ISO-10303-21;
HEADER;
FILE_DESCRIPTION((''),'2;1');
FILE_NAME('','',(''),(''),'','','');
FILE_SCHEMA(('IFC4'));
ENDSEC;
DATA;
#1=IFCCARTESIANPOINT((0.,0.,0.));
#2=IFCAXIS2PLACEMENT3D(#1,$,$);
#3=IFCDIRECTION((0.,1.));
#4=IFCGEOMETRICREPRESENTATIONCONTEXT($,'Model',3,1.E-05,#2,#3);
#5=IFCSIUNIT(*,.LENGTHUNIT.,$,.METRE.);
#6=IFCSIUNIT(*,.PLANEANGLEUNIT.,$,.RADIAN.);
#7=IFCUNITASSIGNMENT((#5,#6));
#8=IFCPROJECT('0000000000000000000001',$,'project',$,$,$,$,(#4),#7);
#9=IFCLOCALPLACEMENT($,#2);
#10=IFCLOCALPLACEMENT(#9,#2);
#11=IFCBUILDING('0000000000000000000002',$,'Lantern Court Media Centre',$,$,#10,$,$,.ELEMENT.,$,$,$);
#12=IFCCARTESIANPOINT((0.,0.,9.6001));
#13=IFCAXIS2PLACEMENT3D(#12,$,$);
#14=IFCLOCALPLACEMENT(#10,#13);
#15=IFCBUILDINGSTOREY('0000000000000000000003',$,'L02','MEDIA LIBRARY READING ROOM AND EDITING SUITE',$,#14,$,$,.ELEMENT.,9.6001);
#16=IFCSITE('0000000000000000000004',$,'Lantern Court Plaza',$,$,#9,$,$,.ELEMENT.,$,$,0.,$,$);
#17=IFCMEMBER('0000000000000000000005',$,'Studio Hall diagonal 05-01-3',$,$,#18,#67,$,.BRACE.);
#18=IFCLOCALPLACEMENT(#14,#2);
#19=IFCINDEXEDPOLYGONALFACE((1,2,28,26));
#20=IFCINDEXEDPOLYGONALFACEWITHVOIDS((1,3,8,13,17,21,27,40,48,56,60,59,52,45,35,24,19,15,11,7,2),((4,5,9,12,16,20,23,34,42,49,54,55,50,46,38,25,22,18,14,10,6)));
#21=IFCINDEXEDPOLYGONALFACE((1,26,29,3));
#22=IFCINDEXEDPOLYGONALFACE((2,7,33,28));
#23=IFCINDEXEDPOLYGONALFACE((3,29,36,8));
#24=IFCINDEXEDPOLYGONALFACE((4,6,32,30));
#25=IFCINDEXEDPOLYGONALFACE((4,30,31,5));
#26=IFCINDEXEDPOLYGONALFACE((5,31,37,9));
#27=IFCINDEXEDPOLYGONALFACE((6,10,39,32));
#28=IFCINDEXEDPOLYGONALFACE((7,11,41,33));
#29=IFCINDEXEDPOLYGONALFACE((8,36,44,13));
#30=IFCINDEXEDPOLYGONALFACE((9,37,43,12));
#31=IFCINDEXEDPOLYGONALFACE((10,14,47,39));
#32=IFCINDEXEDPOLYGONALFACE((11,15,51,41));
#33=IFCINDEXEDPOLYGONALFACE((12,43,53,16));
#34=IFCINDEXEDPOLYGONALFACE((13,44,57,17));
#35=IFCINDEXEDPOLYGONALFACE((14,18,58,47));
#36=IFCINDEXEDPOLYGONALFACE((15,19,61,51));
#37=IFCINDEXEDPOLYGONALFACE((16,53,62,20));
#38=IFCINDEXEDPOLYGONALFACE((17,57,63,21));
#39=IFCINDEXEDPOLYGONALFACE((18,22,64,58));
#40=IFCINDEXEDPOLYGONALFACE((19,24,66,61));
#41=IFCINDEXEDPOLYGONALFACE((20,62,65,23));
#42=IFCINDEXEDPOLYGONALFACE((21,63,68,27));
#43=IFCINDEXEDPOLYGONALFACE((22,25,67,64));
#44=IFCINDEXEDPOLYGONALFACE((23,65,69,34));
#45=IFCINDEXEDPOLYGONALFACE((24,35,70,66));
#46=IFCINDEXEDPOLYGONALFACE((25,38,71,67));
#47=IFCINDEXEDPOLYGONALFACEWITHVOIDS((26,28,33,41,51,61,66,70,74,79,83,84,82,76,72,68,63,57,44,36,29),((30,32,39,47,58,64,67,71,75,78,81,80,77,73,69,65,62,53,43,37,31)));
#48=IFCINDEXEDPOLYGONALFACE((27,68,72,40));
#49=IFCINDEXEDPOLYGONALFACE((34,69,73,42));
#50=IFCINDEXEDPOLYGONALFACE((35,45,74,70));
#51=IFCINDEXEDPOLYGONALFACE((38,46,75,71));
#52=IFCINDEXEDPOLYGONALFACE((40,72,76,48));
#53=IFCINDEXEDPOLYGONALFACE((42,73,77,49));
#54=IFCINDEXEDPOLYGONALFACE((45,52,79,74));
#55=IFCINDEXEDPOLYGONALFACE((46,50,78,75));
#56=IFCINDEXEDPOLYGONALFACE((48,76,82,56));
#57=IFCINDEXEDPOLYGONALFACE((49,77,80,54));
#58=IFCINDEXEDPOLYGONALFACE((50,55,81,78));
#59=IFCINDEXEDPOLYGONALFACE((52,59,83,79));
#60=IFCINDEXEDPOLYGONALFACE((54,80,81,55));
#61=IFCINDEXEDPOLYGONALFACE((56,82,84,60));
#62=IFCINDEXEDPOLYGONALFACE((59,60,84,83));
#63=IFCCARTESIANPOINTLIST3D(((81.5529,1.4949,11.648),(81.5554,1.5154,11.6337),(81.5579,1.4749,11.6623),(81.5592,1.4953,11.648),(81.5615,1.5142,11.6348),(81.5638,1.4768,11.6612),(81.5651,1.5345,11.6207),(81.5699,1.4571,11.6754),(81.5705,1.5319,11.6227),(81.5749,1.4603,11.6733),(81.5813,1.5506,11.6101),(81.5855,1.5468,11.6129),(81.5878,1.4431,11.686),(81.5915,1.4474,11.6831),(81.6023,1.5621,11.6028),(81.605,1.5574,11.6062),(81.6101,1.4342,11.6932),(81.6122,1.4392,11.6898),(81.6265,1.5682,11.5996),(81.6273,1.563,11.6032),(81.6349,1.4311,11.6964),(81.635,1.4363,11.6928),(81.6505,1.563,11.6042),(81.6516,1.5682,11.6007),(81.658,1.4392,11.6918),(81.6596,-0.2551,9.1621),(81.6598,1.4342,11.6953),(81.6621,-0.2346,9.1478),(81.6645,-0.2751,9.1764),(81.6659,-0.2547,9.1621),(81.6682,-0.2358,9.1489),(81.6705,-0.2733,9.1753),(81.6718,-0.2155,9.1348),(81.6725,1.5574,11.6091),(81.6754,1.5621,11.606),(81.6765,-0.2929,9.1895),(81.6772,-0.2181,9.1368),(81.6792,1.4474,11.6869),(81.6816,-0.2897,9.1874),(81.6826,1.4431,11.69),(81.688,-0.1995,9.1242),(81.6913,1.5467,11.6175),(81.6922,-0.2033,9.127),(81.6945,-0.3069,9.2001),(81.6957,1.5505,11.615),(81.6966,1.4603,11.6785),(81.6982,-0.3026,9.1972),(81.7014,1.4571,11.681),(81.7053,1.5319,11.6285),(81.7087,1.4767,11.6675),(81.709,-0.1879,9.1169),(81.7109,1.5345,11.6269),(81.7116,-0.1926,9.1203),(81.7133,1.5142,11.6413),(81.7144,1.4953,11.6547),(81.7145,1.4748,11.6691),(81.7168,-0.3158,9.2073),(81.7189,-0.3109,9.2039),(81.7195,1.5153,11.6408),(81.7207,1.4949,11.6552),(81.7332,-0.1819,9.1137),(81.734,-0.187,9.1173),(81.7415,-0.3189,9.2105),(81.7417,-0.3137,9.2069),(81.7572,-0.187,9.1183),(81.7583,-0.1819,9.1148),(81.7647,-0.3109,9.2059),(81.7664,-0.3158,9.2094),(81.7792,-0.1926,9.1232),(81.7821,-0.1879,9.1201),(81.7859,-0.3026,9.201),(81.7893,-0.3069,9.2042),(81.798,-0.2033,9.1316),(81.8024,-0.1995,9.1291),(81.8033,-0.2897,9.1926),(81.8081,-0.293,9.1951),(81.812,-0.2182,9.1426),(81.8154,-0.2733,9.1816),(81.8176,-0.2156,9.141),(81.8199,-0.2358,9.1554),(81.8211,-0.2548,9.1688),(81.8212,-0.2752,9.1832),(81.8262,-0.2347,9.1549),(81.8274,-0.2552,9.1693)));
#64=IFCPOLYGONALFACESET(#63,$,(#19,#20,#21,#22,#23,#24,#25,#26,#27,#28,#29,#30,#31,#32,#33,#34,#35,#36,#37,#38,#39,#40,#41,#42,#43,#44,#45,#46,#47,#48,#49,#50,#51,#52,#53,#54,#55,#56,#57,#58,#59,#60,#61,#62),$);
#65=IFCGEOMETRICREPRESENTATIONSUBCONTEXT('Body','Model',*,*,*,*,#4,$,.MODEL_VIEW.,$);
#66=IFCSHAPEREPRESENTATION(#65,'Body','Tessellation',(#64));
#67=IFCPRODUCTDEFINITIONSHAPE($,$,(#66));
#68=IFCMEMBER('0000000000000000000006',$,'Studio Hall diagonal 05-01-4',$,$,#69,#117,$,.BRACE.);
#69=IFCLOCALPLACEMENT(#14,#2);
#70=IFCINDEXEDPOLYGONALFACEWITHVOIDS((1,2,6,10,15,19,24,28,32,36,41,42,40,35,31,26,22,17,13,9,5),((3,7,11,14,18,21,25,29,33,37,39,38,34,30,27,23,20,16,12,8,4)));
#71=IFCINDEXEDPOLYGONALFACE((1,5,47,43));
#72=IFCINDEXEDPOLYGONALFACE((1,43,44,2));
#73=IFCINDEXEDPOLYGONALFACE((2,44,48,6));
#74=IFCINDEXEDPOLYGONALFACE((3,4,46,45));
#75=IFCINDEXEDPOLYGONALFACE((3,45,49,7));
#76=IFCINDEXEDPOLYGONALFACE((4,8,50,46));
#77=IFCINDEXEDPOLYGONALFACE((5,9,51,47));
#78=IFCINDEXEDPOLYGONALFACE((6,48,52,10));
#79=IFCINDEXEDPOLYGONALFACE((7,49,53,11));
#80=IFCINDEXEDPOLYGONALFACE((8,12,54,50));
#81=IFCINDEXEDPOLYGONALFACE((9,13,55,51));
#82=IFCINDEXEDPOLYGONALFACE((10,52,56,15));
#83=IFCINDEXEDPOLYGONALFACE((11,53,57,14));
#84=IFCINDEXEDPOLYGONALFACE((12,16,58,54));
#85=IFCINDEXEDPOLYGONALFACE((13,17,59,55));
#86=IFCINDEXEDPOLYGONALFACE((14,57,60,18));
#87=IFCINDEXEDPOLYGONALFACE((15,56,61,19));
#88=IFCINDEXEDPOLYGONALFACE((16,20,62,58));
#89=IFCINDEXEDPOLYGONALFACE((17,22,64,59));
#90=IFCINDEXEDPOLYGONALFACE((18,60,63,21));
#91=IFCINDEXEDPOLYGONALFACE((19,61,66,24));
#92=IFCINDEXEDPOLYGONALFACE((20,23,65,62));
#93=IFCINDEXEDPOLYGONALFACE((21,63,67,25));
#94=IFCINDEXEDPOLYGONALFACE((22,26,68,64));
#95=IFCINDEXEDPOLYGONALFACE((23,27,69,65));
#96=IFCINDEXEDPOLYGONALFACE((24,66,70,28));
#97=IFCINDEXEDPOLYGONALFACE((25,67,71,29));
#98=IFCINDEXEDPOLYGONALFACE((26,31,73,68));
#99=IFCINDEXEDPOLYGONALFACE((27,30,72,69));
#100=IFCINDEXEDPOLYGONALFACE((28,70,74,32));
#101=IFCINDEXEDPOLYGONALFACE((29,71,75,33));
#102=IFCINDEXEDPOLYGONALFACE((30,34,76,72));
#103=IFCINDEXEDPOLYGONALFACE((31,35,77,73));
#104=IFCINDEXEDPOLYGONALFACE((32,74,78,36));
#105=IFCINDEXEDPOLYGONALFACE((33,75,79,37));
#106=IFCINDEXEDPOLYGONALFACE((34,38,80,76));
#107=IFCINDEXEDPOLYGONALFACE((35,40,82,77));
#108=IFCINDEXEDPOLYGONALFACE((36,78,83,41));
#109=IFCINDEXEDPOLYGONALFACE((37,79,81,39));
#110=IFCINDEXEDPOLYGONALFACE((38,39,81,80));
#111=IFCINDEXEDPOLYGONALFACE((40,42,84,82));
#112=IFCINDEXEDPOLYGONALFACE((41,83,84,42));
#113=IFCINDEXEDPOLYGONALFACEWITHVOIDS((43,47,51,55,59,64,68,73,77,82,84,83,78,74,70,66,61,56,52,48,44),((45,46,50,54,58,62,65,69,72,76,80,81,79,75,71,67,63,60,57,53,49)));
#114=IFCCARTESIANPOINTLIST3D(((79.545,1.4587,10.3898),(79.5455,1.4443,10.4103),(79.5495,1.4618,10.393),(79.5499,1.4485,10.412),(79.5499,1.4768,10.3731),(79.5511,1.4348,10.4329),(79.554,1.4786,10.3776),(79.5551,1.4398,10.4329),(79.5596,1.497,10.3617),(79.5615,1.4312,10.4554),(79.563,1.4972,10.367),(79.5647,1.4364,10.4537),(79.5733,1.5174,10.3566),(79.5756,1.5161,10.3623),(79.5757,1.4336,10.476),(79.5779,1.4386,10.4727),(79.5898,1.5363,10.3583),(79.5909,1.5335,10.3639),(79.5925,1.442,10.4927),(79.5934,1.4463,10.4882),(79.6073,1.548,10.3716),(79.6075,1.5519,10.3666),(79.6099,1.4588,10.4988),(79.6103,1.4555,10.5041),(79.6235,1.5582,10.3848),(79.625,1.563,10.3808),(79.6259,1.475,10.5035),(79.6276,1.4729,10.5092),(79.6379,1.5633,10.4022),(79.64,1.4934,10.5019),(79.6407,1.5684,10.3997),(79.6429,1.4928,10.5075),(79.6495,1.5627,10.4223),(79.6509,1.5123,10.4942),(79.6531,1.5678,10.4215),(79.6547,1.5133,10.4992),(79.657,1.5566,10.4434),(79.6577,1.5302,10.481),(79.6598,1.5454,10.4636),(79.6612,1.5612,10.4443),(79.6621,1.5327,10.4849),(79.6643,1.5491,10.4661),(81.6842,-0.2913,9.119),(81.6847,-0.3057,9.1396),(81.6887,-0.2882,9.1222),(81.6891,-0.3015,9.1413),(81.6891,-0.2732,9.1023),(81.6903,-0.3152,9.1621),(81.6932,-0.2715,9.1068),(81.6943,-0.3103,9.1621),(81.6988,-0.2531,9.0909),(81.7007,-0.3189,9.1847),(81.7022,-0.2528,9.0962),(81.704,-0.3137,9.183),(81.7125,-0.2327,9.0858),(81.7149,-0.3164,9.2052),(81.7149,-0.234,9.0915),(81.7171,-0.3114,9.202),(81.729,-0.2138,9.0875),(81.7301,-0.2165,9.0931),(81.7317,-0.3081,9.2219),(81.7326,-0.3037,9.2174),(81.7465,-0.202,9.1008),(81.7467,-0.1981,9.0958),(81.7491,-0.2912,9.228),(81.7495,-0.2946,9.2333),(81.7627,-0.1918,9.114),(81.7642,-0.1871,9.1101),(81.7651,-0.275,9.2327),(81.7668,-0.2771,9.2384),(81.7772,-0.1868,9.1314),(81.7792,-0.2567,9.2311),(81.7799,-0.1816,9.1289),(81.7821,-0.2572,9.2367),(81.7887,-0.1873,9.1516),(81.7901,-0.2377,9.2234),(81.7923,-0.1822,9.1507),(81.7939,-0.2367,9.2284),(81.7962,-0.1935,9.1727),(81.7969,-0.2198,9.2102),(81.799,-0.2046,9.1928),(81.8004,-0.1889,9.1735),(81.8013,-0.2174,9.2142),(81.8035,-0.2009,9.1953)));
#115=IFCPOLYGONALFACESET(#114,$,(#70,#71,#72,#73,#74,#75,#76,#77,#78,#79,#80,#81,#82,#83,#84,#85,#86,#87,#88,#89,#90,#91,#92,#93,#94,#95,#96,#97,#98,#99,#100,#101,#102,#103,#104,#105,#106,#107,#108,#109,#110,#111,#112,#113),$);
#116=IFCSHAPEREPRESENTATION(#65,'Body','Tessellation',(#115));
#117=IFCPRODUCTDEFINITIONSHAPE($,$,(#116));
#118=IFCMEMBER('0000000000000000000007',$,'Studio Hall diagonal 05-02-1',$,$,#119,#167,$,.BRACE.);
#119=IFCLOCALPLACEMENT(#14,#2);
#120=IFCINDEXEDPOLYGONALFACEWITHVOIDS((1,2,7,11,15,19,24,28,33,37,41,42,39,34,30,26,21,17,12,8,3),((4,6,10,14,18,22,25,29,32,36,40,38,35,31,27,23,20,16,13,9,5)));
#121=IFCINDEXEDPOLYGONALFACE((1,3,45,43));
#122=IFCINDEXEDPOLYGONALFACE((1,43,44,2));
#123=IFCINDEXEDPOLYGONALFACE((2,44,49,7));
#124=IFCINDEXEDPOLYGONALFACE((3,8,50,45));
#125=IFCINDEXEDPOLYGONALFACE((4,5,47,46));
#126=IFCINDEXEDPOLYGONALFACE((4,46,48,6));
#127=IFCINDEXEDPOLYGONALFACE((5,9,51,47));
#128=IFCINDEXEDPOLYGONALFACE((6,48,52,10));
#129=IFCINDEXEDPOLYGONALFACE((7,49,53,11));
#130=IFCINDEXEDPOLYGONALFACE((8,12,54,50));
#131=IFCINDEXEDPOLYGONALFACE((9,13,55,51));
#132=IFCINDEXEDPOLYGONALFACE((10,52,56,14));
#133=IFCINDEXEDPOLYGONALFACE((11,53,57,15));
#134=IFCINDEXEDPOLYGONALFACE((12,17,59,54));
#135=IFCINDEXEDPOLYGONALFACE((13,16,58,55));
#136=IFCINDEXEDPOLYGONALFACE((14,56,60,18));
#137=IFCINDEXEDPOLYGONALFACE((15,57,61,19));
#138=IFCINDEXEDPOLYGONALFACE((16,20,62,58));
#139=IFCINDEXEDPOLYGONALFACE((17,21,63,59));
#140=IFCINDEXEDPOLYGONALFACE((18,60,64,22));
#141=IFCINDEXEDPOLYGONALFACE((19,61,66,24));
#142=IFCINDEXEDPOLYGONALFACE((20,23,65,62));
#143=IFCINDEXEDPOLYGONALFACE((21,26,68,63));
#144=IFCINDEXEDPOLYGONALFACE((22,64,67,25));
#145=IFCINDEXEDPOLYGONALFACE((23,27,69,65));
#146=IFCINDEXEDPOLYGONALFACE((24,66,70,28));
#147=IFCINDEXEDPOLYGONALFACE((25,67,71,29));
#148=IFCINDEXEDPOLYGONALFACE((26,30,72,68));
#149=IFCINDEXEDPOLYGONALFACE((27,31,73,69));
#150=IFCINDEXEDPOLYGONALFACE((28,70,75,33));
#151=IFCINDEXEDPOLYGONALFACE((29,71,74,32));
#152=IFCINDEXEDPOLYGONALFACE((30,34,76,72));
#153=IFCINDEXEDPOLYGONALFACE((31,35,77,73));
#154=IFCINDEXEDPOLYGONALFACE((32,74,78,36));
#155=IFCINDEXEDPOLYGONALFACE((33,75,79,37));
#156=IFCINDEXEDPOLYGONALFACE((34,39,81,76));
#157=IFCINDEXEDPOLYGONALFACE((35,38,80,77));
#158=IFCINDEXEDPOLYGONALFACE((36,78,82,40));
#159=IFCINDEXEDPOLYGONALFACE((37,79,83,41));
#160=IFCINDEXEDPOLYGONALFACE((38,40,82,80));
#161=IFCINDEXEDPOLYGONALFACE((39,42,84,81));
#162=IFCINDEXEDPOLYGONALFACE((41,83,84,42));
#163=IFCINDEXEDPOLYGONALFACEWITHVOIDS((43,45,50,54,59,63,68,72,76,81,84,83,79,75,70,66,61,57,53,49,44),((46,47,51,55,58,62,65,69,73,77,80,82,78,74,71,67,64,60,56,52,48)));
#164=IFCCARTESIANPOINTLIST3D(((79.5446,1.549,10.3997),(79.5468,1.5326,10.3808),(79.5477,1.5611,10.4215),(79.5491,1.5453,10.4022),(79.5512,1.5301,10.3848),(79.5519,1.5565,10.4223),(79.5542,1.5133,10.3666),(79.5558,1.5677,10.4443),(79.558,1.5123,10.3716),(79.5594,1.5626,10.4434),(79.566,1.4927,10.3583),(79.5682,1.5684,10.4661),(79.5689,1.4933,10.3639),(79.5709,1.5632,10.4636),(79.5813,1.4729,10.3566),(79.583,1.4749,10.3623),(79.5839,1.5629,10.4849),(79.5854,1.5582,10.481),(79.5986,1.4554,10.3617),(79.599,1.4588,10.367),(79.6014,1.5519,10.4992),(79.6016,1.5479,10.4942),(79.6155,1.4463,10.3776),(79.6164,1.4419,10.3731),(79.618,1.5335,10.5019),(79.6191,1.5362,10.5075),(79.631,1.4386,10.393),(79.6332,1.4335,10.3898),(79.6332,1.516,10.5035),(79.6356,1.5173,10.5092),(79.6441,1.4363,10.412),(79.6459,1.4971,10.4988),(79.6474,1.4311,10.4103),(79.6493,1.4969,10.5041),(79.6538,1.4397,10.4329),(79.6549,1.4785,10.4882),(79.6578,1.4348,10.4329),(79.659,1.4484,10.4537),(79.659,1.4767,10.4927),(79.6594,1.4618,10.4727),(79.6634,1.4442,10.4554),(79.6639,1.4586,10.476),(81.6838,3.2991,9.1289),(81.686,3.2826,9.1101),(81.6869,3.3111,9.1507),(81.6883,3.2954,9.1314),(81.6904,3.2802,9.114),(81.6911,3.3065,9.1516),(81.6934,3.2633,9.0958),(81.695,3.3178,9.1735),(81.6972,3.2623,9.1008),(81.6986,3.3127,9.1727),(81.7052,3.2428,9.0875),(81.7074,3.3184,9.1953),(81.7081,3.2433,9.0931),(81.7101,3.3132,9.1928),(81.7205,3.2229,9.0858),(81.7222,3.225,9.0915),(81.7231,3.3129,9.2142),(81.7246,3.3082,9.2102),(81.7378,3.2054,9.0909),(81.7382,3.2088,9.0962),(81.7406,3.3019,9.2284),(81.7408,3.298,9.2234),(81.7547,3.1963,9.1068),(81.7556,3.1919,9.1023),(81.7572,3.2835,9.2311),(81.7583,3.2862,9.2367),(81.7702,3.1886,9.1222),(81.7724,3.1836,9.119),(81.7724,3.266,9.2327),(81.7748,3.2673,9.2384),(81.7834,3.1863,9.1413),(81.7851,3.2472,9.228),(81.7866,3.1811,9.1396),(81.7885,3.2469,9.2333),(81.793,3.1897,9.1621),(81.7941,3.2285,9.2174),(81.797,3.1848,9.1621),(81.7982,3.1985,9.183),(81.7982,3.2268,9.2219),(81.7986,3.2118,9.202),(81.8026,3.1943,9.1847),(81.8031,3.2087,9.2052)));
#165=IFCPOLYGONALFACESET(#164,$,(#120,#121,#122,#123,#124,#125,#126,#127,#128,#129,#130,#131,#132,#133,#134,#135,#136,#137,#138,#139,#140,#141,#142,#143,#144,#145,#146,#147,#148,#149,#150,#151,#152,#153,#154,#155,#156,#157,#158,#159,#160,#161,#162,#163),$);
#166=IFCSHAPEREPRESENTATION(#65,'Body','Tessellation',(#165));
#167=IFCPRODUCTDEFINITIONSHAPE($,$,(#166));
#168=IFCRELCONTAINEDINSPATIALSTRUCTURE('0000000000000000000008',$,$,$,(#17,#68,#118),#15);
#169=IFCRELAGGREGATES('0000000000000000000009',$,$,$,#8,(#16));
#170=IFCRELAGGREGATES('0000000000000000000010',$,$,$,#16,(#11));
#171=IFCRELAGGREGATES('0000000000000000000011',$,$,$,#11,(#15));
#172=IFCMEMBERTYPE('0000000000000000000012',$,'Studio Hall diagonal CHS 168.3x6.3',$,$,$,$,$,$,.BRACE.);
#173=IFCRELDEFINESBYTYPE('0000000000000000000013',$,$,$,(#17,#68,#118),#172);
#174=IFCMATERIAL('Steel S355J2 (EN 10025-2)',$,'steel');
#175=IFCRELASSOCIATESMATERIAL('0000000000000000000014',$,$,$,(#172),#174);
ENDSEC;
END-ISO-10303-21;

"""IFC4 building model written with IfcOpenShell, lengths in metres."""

from ifc_helpers import new_model, si_unit, direction, frame, origin, origin_2d, place, context, subcontext, project, spatial, hollow_circle, extrude, material, material_profile, profile_set, type_object, element, save


model = new_model("IFC4")

# Units and contexts
model_context = context("Model", 3, precision=1e-05, world=origin(), true_north=direction((0.0, 1.0)))
body_context = subcontext(model_context, "Body", "Model", "MODEL_VIEW")
ifc_project = project(units=[si_unit("LENGTHUNIT", "METRE"), si_unit("PLANEANGLEUNIT", "RADIAN")], contexts=[model_context])

# Site, building, storey
site_placement = place(None, origin())
site = spatial("IfcSite", under=ifc_project, at=site_placement, Name="Lantern Court Plaza", CompositionType="ELEMENT", RefElevation=0.0)
building_placement = place(site_placement, origin())
building = spatial("IfcBuilding", under=site, at=building_placement, Name="Lantern Court Media Centre", CompositionType="ELEMENT")
storey_placement = place(building_placement, frame((0.0, 0.0, 9.6001)))
storey = spatial("IfcBuildingStorey", under=building, at=storey_placement, Name="L02", Description="MEDIA LIBRARY READING ROOM AND EDITING SUITE", CompositionType="ELEMENT", Elevation=9.6001)

# Members
ifc_material = material(Name="Steel S355J2 (EN 10025-2)", Category="steel")
ifc_material_profile_1 = material_profile(ifc_material, hollow_circle(Radius=0.0842, WallThickness=0.0063, at=origin_2d()), Name="Studio Hall diagonal CHS 168.3x6.3")
ifc_profile_set_1 = profile_set([ifc_material_profile_1], Name="Steel S355J2 (EN 10025-2)")
member_type_1 = type_object("IfcMemberType", Name="Studio Hall diagonal CHS 168.3x6.3", PredefinedType="BRACE", material=ifc_profile_set_1)
for number, where, z_axis, x_axis, name in (
    (1, (81.7437, -0.25, 9.1621), (-0.035073, 0.575294, 0.817194), (-0.998147, -0.060852, 0.0), "Studio Hall diagonal 05-01-3"),
    (2, (81.7437, -0.25, 9.1621), (-0.703225, 0.575293, 0.417746), (-0.63319, -0.773997, 0.0), "Studio Hall diagonal 05-01-4"),
    (3, (81.7437, 3.25, 9.1621), (-0.703225, -0.575293, 0.417746), (0.63319, -0.773997, 0.0), "Studio Hall diagonal 05-02-1"),
):
    element("IfcMember", number, at=place(storey_placement, frame(where, z_axis=z_axis, x_axis=x_axis)), inside=storey, type_object=member_type_1, Name=name, PredefinedType="BRACE", context=body_context, shape_type="SweptSolid", body=[
        extrude(hollow_circle(Radius=0.0842, WallThickness=0.0063, at=origin_2d()), origin(), (0.0, 0.0, 1.0), 3.042),
    ])

save(model, "model.ifc")
